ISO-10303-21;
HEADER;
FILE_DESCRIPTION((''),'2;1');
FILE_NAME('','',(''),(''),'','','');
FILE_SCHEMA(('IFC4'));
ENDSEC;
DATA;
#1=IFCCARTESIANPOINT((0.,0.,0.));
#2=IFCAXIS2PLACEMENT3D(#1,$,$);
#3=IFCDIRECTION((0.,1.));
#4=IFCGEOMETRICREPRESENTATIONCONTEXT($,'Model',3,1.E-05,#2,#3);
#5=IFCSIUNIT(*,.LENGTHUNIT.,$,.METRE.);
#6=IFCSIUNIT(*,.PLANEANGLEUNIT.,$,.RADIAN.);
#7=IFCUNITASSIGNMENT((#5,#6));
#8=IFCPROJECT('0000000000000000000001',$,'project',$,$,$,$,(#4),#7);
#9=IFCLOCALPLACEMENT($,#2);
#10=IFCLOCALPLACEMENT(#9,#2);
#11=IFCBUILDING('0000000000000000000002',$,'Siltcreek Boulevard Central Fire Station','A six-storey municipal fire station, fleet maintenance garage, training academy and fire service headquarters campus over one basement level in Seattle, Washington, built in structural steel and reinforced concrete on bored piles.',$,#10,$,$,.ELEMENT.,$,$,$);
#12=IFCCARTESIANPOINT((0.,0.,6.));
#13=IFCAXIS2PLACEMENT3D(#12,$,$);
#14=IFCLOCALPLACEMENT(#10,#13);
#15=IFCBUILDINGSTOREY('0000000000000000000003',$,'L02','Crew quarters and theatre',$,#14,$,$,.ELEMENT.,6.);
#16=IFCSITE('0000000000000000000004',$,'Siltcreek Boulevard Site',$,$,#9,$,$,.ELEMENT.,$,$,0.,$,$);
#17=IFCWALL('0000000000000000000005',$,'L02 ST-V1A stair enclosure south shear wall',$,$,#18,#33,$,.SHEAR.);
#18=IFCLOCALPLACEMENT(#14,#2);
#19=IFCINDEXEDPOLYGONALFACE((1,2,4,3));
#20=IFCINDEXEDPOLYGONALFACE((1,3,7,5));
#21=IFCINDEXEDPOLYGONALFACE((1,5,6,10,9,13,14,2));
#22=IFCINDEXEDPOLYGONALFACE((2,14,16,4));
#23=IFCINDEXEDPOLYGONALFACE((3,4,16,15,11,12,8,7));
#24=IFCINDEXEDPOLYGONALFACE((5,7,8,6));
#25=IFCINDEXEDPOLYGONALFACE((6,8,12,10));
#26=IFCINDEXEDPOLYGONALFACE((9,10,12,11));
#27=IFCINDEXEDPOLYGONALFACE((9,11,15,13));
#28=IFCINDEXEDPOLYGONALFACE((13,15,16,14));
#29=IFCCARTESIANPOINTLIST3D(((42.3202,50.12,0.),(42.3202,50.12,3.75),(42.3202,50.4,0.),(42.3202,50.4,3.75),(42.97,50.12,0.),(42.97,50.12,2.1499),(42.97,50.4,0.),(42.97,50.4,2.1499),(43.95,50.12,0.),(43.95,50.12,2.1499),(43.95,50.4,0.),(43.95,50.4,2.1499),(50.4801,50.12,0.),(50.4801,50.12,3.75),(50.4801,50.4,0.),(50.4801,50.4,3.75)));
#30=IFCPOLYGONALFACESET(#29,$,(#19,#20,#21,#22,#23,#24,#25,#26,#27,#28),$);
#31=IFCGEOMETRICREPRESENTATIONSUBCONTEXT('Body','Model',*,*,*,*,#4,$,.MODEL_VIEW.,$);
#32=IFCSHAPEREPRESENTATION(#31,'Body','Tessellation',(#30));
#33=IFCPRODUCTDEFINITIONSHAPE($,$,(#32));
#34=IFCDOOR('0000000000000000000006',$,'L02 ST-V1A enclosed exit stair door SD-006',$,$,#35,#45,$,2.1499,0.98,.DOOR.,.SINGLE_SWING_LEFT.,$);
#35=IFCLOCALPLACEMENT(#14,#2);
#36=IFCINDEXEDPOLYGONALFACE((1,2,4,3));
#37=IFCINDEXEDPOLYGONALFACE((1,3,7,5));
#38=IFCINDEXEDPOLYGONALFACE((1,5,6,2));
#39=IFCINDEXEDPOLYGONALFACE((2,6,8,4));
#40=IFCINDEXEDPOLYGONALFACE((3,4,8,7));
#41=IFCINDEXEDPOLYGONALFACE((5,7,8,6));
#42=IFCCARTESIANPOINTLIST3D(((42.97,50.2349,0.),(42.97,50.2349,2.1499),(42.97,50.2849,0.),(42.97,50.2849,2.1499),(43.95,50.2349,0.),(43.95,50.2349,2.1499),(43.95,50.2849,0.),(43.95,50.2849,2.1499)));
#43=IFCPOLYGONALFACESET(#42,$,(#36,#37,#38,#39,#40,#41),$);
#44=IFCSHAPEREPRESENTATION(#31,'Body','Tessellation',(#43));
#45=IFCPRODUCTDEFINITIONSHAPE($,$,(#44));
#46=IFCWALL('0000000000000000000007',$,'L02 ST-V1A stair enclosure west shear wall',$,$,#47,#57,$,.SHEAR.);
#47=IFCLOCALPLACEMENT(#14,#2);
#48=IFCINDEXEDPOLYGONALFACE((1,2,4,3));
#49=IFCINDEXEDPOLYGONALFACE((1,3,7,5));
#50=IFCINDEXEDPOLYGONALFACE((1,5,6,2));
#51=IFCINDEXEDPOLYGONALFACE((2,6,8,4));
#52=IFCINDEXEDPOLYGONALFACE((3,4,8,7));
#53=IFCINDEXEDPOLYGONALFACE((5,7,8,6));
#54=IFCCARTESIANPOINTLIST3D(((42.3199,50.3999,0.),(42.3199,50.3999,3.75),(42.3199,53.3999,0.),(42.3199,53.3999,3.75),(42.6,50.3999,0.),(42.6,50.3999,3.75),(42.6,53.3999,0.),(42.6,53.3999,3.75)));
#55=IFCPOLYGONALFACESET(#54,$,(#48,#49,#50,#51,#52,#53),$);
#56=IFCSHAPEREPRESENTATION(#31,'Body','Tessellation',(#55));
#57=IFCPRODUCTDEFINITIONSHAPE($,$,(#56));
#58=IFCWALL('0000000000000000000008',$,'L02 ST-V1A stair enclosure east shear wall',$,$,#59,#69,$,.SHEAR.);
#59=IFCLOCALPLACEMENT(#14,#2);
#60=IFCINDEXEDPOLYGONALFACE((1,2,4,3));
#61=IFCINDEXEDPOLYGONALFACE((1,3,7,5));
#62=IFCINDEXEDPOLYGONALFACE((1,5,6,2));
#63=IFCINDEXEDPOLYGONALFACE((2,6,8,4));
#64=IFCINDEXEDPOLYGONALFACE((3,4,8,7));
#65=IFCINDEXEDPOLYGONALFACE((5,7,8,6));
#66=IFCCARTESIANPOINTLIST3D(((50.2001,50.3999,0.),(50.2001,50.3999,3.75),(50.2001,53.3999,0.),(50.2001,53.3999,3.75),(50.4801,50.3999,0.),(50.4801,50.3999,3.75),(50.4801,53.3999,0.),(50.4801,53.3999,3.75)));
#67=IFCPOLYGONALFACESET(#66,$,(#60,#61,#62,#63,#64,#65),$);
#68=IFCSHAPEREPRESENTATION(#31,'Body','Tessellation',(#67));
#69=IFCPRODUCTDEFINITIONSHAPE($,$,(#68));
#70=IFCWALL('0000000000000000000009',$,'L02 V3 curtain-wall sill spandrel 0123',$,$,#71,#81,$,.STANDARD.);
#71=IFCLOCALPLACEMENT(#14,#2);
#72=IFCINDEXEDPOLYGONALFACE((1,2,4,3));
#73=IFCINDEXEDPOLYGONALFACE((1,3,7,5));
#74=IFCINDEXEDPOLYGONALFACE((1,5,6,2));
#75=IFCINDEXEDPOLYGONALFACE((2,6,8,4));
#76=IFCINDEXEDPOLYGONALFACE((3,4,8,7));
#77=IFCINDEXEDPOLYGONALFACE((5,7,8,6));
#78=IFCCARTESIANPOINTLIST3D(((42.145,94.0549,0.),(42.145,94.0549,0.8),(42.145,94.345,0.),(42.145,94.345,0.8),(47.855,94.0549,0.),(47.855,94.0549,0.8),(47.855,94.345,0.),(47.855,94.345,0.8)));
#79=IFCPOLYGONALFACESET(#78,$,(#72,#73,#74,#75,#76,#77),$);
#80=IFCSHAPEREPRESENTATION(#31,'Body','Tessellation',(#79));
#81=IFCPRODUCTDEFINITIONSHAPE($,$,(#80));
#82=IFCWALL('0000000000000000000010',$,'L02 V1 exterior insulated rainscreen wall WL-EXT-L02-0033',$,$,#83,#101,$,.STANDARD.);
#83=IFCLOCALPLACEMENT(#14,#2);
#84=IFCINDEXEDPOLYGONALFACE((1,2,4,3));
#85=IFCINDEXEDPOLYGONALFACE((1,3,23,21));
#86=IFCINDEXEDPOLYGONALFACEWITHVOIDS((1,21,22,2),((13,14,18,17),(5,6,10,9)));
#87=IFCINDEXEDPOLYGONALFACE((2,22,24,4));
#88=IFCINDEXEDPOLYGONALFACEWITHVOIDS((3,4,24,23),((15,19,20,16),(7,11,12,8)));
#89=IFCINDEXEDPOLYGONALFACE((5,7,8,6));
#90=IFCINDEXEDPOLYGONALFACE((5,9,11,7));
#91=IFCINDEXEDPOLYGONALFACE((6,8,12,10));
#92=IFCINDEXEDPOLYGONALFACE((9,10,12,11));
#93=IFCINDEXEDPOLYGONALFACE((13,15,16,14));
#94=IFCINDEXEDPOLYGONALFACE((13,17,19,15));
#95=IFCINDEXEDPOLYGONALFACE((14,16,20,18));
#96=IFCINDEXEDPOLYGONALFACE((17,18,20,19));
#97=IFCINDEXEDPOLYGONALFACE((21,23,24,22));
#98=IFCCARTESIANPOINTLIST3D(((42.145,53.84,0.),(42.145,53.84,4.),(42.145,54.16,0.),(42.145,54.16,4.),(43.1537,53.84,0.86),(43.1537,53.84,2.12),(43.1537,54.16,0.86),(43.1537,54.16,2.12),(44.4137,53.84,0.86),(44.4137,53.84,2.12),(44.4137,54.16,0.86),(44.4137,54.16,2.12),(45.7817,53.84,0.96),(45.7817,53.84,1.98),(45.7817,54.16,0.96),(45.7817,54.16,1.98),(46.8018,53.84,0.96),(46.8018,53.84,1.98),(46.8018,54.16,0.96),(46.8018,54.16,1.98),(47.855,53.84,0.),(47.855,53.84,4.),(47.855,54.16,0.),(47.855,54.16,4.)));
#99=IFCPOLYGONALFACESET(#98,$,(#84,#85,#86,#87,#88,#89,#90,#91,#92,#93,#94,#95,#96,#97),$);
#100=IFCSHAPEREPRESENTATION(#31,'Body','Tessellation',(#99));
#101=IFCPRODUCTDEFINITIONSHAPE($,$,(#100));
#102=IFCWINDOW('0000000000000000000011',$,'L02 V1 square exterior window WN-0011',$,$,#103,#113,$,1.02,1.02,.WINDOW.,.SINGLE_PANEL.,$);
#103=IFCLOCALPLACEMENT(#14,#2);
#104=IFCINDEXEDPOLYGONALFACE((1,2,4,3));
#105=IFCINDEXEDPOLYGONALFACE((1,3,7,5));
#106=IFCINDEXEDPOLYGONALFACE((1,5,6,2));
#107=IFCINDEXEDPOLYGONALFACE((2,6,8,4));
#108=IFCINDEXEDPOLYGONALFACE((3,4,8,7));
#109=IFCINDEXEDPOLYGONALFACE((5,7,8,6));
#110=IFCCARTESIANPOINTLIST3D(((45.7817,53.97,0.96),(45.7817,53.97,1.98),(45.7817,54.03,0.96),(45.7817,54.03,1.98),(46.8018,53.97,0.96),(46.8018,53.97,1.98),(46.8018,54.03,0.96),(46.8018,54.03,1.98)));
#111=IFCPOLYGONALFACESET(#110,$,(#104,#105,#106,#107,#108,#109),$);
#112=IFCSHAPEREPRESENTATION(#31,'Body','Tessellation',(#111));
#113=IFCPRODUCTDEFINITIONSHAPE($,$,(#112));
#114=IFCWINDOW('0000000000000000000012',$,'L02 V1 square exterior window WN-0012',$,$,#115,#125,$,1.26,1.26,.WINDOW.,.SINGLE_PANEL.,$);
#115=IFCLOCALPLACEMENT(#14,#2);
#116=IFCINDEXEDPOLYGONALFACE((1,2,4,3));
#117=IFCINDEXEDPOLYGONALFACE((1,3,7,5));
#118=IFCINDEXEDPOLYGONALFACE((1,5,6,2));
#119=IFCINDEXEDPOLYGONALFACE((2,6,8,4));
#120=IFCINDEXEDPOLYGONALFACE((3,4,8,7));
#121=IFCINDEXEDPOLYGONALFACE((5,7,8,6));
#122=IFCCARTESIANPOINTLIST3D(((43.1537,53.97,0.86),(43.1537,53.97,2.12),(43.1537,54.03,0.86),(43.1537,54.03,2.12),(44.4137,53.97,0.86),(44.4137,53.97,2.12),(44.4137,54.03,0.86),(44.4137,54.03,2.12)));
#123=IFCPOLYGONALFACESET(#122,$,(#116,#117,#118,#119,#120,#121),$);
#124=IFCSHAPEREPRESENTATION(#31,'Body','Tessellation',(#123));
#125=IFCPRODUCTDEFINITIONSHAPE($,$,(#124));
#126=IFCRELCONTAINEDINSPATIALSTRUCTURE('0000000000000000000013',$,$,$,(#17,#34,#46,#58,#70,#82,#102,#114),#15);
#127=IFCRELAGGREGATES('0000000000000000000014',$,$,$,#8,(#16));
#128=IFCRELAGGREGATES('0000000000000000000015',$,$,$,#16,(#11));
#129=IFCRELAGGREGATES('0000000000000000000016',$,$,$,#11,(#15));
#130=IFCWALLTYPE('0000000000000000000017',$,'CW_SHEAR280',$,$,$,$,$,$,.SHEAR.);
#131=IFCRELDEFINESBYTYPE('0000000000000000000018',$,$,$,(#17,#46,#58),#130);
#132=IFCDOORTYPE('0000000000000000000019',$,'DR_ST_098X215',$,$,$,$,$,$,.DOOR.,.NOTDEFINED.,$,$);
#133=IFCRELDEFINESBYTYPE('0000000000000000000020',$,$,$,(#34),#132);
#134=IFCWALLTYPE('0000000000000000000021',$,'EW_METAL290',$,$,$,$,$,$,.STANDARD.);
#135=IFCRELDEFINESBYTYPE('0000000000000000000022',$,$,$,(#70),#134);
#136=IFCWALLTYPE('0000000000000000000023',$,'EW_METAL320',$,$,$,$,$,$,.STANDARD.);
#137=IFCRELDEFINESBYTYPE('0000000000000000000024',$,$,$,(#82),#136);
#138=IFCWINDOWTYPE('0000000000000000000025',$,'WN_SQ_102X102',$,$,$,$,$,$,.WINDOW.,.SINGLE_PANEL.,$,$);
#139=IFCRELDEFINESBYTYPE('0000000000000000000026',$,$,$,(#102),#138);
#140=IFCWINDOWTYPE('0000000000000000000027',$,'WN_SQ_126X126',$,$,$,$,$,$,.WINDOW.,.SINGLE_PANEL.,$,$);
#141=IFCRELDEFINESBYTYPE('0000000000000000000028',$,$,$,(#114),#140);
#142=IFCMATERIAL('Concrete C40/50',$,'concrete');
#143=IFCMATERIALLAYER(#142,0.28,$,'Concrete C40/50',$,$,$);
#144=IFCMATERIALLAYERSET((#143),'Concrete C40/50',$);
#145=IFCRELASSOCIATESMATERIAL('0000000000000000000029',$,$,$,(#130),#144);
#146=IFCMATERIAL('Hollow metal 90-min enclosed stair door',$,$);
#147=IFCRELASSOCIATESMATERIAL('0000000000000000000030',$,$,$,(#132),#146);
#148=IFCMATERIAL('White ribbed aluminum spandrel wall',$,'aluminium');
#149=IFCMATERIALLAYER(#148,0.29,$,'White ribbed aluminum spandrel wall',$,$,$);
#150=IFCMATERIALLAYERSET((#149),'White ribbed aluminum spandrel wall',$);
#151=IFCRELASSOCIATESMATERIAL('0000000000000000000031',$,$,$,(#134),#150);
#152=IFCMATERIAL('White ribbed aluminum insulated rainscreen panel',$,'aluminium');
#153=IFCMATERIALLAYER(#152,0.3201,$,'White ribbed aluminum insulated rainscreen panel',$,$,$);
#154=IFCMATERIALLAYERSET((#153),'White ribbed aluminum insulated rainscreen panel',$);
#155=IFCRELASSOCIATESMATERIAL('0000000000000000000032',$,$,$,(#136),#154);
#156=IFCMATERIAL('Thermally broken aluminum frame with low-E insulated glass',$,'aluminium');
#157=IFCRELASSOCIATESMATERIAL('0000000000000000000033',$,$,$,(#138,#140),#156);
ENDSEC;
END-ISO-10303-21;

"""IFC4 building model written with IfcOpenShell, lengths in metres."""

from ifc_helpers import new_model, si_unit, direction, frame, frame_2d, origin, place, context, subcontext, project, spatial, rectangle, extrude, material, layer, layer_set, type_object, element, fill, save


model = new_model("IFC4")

# Units and contexts
model_context = context("Model", 3, precision=1e-05, world=origin(), true_north=direction((0.0, 1.0)))
body_context = subcontext(model_context, "Body", "Model", "MODEL_VIEW")
ifc_project = project(units=[si_unit("LENGTHUNIT", "METRE"), si_unit("PLANEANGLEUNIT", "RADIAN")], contexts=[model_context])

# Site, building, storey
site_placement = place(None, origin())
site = spatial("IfcSite", under=ifc_project, at=site_placement, Name="Siltcreek Boulevard Site", CompositionType="ELEMENT", RefElevation=0.0)
building_placement = place(site_placement, origin())
building = spatial("IfcBuilding", under=site, at=building_placement, Name="Siltcreek Boulevard Central Fire Station", Description="A six-storey municipal fire station, fleet maintenance garage, training academy and fire service headquarters campus over one basement level in Seattle, Washington, built in structural steel and reinforced concrete on bored piles.", CompositionType="ELEMENT")
storey_placement = place(building_placement, frame((0.0, 0.0, 6.0)))
storey = spatial("IfcBuildingStorey", under=building, at=storey_placement, Name="L02", Description="Crew quarters and theatre", CompositionType="ELEMENT", Elevation=6.0)

# Wall, opening, door
ifc_material_1 = material(Name="Concrete C40/50", Category="concrete")
ifc_layer_1 = layer(ifc_material_1, 0.28, Name="Concrete C40/50")
ifc_layer_set_1 = layer_set([ifc_layer_1], Name="Concrete C40/50")
wall_type_1 = type_object("IfcWallType", Name="CW_SHEAR280", PredefinedType="SHEAR", material=ifc_layer_set_1)
wall_1_placement = place(storey_placement, frame((42.3201, 50.26, 0.0), z_axis=(0.0, 0.0, 1.0), x_axis=(1.0, 0.0, 0.0)))
wall_1 = element("IfcWall", 1, at=wall_1_placement, inside=storey, type_object=wall_type_1, Name="L02 ST-V1A stair enclosure south shear wall", PredefinedType="SHEAR", context=body_context, shape_type="SweptSolid", body=[
    extrude(rectangle(XDim=8.1599, YDim=0.28, at=frame_2d((4.0801, 0.0))), origin(), (0.0, 0.0, 1.0), 3.75),
])
opening_1_placement = place(wall_1_placement, frame((0.6499, 0.0, 0.0)))
opening_1 = element("IfcOpeningElement", 2, at=opening_1_placement, cuts=wall_1, PredefinedType="OPENING", context=body_context, shape_type="SweptSolid", body=[
    extrude(rectangle(XDim=0.98, YDim=2.1499, at=frame_2d((0.49, 1.075))), frame((0.0, 0.1499, 0.0), z_axis=(0.0, -1.0, 0.0), x_axis=(1.0, 0.0, 0.0)), (0.0, 0.0, 1.0), 0.3),
])
ifc_material_2 = material(Name="Hollow metal 90-min enclosed stair door")
door_type_1 = type_object("IfcDoorType", Name="DR_ST_098X215", OperationType="NOTDEFINED", PredefinedType="DOOR", material=ifc_material_2)
door_1_placement = place(opening_1_placement, origin())
door_1 = element("IfcDoor", 3, at=door_1_placement, inside=storey, type_object=door_type_1, Name="L02 ST-V1A enclosed exit stair door SD-006", OperationType="SINGLE_SWING_LEFT", OverallHeight=2.1499, OverallWidth=0.98, PredefinedType="DOOR", context=body_context, shape_type="SweptSolid", body=[
    extrude(rectangle(XDim=0.98, YDim=2.1499, at=frame_2d((0.49, 1.075))), frame((0.0, 0.0249, 0.0), z_axis=(0.0, -1.0, 0.0), x_axis=(1.0, 0.0, 0.0)), (0.0, 0.0, 1.0), 0.05),
])
fill(opening_1, door_1)

# Walls
for number, where, z_axis, x_axis, name in (
    (4, (42.46, 53.3999, 0.0), (0.0, 0.0, 1.0), (0.0, -1.0, 0.0), "L02 ST-V1A stair enclosure west shear wall"),
    (5, (50.3401, 50.3999, 0.0), (0.0, 0.0, 1.0), (0.0, 1.0, 0.0), "L02 ST-V1A stair enclosure east shear wall"),
):
    element("IfcWall", number, at=place(storey_placement, frame(where, z_axis=z_axis, x_axis=x_axis)), inside=storey, type_object=wall_type_1, Name=name, PredefinedType="SHEAR", context=body_context, shape_type="SweptSolid", body=[
        extrude(rectangle(XDim=3.0, YDim=0.28, at=frame_2d((1.5, 0.0))), origin(), (0.0, 0.0, 1.0), 3.75),
    ])
ifc_material_3 = material(Name="White ribbed aluminum spandrel wall", Category="aluminium")
ifc_layer_2 = layer(ifc_material_3, 0.29, Name="White ribbed aluminum spandrel wall")
ifc_layer_set_2 = layer_set([ifc_layer_2], Name="White ribbed aluminum spandrel wall")
wall_type_2 = type_object("IfcWallType", Name="EW_METAL290", PredefinedType="STANDARD", material=ifc_layer_set_2)
wall_2_placement = place(storey_placement, frame((42.145, 94.2, 0.0), z_axis=(0.0, 0.0, 1.0), x_axis=(1.0, 0.0, 0.0)))
element("IfcWall", 6, at=wall_2_placement, inside=storey, type_object=wall_type_2, Name="L02 V3 curtain-wall sill spandrel 0123", PredefinedType="STANDARD", context=body_context, shape_type="SweptSolid", body=[
    extrude(rectangle(XDim=5.71, YDim=0.29, at=frame_2d((2.855, 0.0))), origin(), (0.0, 0.0, 1.0), 0.8),
])

# Wall, openings, windows
ifc_material_4 = material(Name="White ribbed aluminum insulated rainscreen panel", Category="aluminium")
ifc_layer_3 = layer(ifc_material_4, 0.3201, Name="White ribbed aluminum insulated rainscreen panel")
ifc_layer_set_3 = layer_set([ifc_layer_3], Name="White ribbed aluminum insulated rainscreen panel")
wall_type_3 = type_object("IfcWallType", Name="EW_METAL320", PredefinedType="STANDARD", material=ifc_layer_set_3)
wall_3_placement = place(storey_placement, frame((47.855, 54.0, 0.0), z_axis=(0.0, 0.0, 1.0), x_axis=(-1.0, 0.0, 0.0)))
wall_3 = element("IfcWall", 7, at=wall_3_placement, inside=storey, type_object=wall_type_3, Name="L02 V1 exterior insulated rainscreen wall WL-EXT-L02-0033", PredefinedType="STANDARD", context=body_context, shape_type="SweptSolid", body=[
    extrude(rectangle(XDim=5.71, YDim=0.3201, at=frame_2d((2.855, 0.0))), origin(), (0.0, 0.0, 1.0), 4.0),
])
opening_2_placement = place(wall_3_placement, frame((1.0532, 0.0, 0.96)))
opening_2 = element("IfcOpeningElement", 8, at=opening_2_placement, cuts=wall_3, PredefinedType="OPENING", context=body_context, shape_type="SweptSolid", body=[
    extrude(rectangle(XDim=1.02, YDim=1.02, at=frame_2d((0.51, 0.51))), frame((0.0, 0.1699, 0.0), z_axis=(0.0, -1.0, 0.0), x_axis=(1.0, 0.0, 0.0)), (0.0, 0.0, 1.0), 0.3401),
])
opening_3_placement = place(wall_3_placement, frame((3.4414, 0.0, 0.8601)))
opening_3 = element("IfcOpeningElement", 9, at=opening_3_placement, cuts=wall_3, PredefinedType="OPENING", context=body_context, shape_type="SweptSolid", body=[
    extrude(rectangle(XDim=1.26, YDim=1.26, at=frame_2d((0.6299, 0.6299))), frame((0.0, 0.1699, 0.0), z_axis=(0.0, -1.0, 0.0), x_axis=(1.0, 0.0, 0.0)), (0.0, 0.0, 1.0), 0.3401),
])
ifc_material_5 = material(Name="Thermally broken aluminum frame with low-E insulated glass", Category="aluminium")
window_type_1 = type_object("IfcWindowType", Name="WN_SQ_102X102", PartitioningType="SINGLE_PANEL", PredefinedType="WINDOW", material=ifc_material_5)
window_1_placement = place(opening_2_placement, origin())
window_1 = element("IfcWindow", 10, at=window_1_placement, inside=storey, type_object=window_type_1, Name="L02 V1 square exterior window WN-0011", OverallHeight=1.02, OverallWidth=1.02, PartitioningType="SINGLE_PANEL", PredefinedType="WINDOW", context=body_context, shape_type="SweptSolid", body=[
    extrude(rectangle(XDim=1.02, YDim=1.02, at=frame_2d((0.51, 0.51))), frame((0.0, 0.03, 0.0), z_axis=(0.0, -1.0, 0.0), x_axis=(1.0, 0.0, 0.0)), (0.0, 0.0, 1.0), 0.0601),
])
fill(opening_2, window_1)
window_type_2 = type_object("IfcWindowType", Name="WN_SQ_126X126", PartitioningType="SINGLE_PANEL", PredefinedType="WINDOW", material=ifc_material_5)
window_2_placement = place(opening_3_placement, origin())
window_2 = element("IfcWindow", 11, at=window_2_placement, inside=storey, type_object=window_type_2, Name="L02 V1 square exterior window WN-0012", OverallHeight=1.26, OverallWidth=1.26, PartitioningType="SINGLE_PANEL", PredefinedType="WINDOW", context=body_context, shape_type="SweptSolid", body=[
    extrude(rectangle(XDim=1.26, YDim=1.26, at=frame_2d((0.6299, 0.6299))), frame((0.0, 0.03, 0.0), z_axis=(0.0, -1.0, 0.0), x_axis=(1.0, 0.0, 0.0)), (0.0, 0.0, 1.0), 0.0601),
])
fill(opening_3, window_2)

save(model, "model.ifc")
